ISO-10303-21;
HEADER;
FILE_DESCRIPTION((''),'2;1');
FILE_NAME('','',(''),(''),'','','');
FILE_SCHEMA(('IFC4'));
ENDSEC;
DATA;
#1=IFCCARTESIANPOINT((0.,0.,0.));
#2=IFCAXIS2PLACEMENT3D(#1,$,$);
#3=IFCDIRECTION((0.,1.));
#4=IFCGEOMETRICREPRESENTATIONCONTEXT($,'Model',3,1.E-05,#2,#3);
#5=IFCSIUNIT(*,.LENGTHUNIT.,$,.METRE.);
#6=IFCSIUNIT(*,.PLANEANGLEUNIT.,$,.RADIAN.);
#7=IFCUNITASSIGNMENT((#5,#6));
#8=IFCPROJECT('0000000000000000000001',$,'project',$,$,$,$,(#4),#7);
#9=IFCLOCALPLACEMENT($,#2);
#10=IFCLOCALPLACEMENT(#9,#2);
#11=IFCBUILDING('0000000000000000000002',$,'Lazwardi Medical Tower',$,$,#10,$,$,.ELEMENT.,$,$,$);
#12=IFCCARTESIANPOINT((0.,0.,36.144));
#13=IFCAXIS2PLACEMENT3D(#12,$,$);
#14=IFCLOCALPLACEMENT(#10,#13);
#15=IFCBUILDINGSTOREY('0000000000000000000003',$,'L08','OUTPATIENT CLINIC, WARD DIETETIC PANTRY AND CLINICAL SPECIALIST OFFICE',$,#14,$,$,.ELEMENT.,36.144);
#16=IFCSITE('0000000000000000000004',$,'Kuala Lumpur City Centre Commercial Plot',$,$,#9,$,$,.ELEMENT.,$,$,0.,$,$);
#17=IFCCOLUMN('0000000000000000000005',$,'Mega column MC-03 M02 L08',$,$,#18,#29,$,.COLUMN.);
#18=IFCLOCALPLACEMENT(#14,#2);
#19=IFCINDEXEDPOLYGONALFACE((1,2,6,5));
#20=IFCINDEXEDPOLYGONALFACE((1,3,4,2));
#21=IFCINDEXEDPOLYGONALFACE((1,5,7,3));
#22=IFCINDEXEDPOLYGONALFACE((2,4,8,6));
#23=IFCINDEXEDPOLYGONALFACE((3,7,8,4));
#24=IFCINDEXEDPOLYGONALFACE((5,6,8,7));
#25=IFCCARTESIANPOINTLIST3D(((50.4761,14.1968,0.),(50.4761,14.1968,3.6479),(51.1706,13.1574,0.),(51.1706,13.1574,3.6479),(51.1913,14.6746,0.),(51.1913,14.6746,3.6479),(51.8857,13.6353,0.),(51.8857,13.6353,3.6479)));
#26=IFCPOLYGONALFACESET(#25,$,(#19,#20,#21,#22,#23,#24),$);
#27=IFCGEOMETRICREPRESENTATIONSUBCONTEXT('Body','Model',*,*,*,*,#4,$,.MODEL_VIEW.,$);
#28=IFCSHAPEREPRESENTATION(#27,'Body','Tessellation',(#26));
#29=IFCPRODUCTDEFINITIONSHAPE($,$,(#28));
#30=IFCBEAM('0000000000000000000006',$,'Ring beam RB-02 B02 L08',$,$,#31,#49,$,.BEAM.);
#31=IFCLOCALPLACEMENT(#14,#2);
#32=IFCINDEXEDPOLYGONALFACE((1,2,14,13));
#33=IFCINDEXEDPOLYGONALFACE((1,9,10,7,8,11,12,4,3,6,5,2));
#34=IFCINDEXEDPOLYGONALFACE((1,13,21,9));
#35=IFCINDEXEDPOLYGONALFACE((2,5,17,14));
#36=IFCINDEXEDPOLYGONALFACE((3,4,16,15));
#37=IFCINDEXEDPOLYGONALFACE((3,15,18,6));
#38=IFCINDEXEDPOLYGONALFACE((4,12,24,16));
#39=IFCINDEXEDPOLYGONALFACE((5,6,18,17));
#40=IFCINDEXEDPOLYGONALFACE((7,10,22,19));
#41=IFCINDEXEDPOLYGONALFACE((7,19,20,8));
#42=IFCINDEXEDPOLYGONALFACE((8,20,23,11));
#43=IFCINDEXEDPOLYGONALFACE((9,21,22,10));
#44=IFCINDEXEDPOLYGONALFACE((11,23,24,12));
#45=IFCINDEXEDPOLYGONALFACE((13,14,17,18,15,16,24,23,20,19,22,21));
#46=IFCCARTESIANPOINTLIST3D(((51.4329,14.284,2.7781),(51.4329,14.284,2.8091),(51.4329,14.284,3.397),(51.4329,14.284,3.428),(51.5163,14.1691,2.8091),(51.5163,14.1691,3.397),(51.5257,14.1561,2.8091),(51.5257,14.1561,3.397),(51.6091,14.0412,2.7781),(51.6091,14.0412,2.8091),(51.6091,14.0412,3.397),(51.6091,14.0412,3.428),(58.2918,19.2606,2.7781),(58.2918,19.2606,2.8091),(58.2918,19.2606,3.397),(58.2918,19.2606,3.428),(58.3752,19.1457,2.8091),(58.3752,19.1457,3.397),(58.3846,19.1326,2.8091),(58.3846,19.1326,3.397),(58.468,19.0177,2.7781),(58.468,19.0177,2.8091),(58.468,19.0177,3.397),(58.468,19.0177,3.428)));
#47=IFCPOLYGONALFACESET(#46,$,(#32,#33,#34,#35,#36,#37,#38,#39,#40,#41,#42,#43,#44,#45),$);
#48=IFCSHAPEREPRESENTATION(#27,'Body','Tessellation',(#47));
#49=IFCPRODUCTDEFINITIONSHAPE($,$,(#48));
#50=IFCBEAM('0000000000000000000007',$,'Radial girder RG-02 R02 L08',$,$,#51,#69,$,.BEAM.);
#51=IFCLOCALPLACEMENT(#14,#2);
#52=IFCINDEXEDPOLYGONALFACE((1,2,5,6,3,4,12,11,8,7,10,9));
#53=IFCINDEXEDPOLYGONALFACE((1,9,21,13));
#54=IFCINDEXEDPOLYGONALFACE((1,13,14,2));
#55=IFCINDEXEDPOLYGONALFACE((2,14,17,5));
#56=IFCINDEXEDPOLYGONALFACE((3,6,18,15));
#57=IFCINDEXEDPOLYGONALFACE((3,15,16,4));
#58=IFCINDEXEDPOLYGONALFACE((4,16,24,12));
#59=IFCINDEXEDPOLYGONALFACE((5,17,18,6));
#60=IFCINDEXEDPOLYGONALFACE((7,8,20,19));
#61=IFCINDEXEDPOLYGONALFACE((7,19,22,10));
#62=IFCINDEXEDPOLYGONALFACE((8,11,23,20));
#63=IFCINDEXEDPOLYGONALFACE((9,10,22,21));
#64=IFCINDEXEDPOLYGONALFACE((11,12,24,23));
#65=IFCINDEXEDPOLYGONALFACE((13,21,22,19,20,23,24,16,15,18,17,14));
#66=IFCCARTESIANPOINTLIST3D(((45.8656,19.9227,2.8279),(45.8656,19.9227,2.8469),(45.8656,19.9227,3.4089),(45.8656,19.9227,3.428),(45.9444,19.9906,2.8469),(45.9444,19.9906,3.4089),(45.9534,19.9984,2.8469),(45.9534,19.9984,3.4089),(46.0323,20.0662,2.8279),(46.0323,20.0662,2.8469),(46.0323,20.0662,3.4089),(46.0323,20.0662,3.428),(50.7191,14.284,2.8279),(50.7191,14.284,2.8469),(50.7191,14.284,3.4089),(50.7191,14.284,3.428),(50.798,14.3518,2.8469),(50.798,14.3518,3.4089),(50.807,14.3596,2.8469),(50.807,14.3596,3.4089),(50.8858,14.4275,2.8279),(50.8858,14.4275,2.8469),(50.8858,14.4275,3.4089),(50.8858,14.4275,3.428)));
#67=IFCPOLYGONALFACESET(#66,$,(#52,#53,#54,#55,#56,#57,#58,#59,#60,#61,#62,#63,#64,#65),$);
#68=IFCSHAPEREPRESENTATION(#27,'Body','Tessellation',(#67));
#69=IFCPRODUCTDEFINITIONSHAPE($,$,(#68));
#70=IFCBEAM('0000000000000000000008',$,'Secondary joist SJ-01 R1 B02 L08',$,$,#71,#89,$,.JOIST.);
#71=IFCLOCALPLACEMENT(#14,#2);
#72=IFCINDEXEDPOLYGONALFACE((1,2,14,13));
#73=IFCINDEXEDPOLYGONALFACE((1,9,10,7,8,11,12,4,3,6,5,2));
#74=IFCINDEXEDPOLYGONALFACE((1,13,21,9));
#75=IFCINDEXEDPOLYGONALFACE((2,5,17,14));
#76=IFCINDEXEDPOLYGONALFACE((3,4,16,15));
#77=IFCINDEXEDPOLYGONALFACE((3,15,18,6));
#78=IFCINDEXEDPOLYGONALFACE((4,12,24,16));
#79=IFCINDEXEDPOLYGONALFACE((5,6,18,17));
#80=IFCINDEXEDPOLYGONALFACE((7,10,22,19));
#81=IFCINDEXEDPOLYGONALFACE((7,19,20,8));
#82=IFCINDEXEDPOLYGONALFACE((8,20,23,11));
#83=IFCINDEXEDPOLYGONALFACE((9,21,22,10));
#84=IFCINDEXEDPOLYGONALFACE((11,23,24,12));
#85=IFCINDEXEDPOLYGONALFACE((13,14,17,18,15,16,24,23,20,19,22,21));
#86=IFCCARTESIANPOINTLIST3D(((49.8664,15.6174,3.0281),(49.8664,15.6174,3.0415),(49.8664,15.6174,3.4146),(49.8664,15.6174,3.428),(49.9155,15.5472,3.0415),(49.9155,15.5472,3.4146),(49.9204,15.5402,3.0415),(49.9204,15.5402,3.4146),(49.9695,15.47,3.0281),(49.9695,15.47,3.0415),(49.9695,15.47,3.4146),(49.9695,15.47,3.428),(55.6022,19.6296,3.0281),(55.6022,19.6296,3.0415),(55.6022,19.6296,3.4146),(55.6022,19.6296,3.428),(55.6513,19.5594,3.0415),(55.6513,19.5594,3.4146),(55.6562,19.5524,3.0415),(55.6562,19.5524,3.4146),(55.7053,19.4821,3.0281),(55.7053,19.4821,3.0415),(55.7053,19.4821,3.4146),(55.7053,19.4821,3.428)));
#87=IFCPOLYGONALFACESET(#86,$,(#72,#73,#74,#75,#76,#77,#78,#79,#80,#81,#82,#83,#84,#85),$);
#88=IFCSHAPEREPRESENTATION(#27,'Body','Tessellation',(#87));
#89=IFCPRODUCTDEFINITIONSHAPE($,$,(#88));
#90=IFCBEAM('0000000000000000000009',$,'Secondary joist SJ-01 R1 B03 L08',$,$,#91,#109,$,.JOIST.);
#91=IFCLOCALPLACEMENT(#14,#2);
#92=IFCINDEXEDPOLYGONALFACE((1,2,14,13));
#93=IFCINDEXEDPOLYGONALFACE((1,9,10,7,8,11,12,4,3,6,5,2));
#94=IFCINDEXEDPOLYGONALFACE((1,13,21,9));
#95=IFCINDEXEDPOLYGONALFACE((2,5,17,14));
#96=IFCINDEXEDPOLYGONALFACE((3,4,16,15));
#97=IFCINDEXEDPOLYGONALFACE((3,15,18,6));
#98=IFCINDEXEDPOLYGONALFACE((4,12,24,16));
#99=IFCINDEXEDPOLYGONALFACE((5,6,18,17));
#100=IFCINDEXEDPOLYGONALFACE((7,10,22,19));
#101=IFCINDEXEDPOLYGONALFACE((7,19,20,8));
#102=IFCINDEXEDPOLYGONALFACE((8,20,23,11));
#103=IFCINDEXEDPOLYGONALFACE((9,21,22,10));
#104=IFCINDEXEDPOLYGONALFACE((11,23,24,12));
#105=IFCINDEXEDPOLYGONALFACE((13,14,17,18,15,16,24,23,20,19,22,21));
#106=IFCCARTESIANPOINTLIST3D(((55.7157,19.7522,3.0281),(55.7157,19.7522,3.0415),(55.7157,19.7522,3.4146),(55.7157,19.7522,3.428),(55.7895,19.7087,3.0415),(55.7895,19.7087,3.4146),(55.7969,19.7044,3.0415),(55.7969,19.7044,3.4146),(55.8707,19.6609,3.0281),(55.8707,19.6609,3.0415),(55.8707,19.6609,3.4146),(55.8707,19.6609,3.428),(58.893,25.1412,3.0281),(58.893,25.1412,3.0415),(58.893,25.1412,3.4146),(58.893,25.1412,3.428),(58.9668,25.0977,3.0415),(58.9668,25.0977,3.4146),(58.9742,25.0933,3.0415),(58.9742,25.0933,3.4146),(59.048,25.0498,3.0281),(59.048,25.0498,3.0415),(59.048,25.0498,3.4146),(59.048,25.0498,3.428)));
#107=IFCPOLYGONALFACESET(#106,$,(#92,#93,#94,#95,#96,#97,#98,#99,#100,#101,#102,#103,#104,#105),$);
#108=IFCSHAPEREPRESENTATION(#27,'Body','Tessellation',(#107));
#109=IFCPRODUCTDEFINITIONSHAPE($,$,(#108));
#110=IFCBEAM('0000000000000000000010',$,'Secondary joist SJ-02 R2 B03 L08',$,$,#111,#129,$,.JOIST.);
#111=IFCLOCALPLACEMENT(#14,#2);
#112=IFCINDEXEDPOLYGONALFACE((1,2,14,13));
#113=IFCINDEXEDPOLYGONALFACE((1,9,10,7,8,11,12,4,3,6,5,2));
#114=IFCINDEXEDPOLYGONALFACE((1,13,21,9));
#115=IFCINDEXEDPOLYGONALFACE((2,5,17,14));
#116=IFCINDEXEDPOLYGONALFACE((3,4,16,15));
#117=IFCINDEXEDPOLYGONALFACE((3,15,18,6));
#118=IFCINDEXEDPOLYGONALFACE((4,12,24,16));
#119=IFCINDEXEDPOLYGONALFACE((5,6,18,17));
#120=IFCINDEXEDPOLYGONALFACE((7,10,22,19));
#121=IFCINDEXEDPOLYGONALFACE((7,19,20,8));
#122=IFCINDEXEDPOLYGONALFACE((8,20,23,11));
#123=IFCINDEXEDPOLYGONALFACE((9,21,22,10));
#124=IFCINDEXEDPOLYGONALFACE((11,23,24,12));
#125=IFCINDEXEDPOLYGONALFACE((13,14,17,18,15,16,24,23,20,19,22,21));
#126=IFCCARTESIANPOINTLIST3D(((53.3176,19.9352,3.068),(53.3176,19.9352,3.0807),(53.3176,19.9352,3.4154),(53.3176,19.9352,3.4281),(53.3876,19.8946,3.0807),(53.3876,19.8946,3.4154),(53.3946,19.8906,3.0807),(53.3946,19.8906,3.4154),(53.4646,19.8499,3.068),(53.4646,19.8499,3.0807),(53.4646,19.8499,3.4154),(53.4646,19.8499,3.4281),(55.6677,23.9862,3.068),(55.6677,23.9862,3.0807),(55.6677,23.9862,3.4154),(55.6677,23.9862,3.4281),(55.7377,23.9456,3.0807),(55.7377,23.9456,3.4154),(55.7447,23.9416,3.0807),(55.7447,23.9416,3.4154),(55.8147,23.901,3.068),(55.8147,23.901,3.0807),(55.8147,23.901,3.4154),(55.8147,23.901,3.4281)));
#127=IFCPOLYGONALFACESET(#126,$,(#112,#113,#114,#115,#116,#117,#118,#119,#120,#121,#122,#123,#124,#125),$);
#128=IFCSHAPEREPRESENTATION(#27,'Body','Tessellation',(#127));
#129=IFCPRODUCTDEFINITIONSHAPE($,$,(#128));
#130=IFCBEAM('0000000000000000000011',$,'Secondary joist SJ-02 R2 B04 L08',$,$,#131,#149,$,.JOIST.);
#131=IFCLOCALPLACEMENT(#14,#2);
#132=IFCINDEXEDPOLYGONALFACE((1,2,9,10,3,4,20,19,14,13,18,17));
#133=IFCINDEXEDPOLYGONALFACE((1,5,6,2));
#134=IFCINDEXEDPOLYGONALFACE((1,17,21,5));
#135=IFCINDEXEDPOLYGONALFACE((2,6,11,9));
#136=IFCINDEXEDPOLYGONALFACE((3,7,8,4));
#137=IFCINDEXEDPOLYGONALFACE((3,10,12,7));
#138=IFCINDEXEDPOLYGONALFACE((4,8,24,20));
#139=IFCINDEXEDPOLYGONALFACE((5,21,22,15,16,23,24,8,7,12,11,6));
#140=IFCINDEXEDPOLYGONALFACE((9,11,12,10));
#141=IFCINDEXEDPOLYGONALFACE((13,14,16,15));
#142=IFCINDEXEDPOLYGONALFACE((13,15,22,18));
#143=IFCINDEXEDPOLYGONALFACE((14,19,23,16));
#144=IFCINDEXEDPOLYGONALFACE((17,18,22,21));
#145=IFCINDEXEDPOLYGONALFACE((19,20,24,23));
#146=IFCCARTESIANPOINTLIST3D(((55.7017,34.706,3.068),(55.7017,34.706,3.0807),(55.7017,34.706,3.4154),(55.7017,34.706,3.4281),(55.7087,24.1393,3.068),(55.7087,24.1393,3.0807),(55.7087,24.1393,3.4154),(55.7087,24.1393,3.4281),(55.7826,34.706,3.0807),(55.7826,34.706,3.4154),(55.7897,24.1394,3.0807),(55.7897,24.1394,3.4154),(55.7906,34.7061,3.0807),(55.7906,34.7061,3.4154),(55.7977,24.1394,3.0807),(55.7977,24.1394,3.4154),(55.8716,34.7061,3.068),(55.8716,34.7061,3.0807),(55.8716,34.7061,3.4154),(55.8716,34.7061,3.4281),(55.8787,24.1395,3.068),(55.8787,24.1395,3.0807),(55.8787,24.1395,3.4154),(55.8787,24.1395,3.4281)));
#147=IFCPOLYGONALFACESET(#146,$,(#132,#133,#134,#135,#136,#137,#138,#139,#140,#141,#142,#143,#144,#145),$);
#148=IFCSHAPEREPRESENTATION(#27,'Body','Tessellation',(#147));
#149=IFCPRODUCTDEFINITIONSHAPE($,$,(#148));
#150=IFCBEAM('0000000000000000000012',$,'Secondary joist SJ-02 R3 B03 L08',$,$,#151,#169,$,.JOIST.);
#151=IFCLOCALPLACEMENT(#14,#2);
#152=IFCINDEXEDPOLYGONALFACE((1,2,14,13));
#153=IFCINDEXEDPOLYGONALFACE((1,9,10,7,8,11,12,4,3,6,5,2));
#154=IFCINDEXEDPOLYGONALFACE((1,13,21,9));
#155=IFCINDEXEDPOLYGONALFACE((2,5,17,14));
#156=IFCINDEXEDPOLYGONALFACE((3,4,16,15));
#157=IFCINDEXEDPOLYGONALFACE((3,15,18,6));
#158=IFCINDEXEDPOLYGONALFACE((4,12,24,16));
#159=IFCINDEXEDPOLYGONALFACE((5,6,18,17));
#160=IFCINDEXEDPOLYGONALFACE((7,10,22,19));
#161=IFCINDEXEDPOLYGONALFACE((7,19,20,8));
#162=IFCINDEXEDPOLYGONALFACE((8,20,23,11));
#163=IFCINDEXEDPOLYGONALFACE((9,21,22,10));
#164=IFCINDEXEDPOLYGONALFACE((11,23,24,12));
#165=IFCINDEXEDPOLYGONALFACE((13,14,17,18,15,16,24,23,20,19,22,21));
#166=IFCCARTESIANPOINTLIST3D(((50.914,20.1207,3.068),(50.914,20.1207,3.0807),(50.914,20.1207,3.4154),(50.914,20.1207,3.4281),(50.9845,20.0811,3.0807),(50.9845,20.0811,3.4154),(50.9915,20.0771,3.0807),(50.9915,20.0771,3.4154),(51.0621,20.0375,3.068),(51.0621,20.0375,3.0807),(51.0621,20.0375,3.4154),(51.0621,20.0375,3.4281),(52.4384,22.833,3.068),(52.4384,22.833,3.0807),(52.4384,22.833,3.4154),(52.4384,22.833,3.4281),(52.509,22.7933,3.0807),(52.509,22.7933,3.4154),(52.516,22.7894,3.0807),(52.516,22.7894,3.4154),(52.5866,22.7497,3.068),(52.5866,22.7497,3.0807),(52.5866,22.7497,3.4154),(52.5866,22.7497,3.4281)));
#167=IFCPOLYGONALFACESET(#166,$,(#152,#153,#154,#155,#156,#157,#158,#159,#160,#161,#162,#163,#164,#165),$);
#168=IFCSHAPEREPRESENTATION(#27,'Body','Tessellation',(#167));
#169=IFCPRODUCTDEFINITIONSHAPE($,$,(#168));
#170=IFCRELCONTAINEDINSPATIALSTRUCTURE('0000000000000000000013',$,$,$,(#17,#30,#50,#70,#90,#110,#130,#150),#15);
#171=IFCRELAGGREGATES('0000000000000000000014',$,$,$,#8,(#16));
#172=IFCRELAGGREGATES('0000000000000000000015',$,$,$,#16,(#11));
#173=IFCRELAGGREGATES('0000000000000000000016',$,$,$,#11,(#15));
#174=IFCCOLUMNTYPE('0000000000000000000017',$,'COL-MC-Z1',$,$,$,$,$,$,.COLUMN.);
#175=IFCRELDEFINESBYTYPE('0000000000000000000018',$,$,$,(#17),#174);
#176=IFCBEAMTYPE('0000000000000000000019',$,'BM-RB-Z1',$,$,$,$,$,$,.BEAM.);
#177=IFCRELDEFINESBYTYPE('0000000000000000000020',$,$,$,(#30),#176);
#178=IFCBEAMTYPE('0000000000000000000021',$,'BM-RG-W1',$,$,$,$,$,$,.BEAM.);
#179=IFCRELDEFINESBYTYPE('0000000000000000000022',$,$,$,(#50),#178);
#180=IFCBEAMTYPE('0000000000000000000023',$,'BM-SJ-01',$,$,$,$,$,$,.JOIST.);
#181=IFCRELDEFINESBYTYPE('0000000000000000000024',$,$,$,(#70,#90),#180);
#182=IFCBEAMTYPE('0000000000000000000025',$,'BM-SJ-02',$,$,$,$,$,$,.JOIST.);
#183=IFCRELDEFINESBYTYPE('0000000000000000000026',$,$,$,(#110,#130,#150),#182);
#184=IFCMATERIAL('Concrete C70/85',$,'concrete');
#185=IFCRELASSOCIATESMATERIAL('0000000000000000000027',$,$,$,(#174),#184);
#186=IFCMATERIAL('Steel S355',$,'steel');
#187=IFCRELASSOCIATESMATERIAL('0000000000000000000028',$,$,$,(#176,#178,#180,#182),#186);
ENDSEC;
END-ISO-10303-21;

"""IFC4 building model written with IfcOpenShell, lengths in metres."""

from ifc_helpers import new_model, si_unit, direction, frame, origin, origin_2d, place, context, subcontext, project, spatial, rectangle, i_section, extrude, material, material_profile, profile_set, type_object, element, save


model = new_model("IFC4")

# Units and contexts
model_context = context("Model", 3, precision=1e-05, world=origin(), true_north=direction((0.0, 1.0)))
body_context = subcontext(model_context, "Body", "Model", "MODEL_VIEW")
ifc_project = project(units=[si_unit("LENGTHUNIT", "METRE"), si_unit("PLANEANGLEUNIT", "RADIAN")], contexts=[model_context])

# Site, building, storey
site_placement = place(None, origin())
site = spatial("IfcSite", under=ifc_project, at=site_placement, Name="Kuala Lumpur City Centre Commercial Plot", CompositionType="ELEMENT", RefElevation=0.0)
building_placement = place(site_placement, origin())
building = spatial("IfcBuilding", under=site, at=building_placement, Name="Lazwardi Medical Tower", CompositionType="ELEMENT")
storey_placement = place(building_placement, frame((0.0, 0.0, 36.144)))
storey = spatial("IfcBuildingStorey", under=building, at=storey_placement, Name="L08", Description="OUTPATIENT CLINIC, WARD DIETETIC PANTRY AND CLINICAL SPECIALIST OFFICE", CompositionType="ELEMENT", Elevation=36.144)

# Column
ifc_material_1 = material(Name="Concrete C70/85", Category="concrete")
ifc_material_profile_1 = material_profile(ifc_material_1, rectangle(XDim=1.25, YDim=0.8601, at=origin_2d()), Name="CFT-RECT 1250x860")
ifc_profile_set_1 = profile_set([ifc_material_profile_1], Name="Concrete C70/85")
column_type = type_object("IfcColumnType", Name="COL-MC-Z1", PredefinedType="COLUMN", material=ifc_profile_set_1)
column_placement = place(storey_placement, frame((51.1809, 13.916, 0.0), z_axis=(0.0, 0.0, 1.0), x_axis=(0.55557, -0.83147, 0.0)))
element("IfcColumn", 1, at=column_placement, inside=storey, type_object=column_type, Name="Mega column MC-03 M02 L08", PredefinedType="COLUMN", context=body_context, shape_type="SweptSolid", body=[
    extrude(rectangle(XDim=1.25, YDim=0.8601, at=origin_2d()), origin(), (0.0, 0.0, 1.0), 3.6479),
])

# Beams
ifc_material_2 = material(Name="Steel S355", Category="steel")
ifc_material_profile_2 = material_profile(ifc_material_2, i_section(OverallWidth=0.3, OverallDepth=0.6499, WebThickness=0.0161, FlangeThickness=0.031, at=origin_2d()), Name="HEB 650")
ifc_profile_set_2 = profile_set([ifc_material_profile_2], Name="Steel S355")
beam_type_1 = type_object("IfcBeamType", Name="BM-RB-Z1", PredefinedType="BEAM", material=ifc_profile_set_2)
beam_1_placement = place(storey_placement, frame((51.521, 14.1626, 3.103), z_axis=(0.809393, 0.587267, 0.0), x_axis=(-0.587267, 0.809393, 0.0)))
element("IfcBeam", 2, at=beam_1_placement, inside=storey, type_object=beam_type_1, Name="Ring beam RB-02 B02 L08", PredefinedType="BEAM", context=body_context, shape_type="SweptSolid", body=[
    extrude(i_section(OverallWidth=0.3, OverallDepth=0.6499, WebThickness=0.0161, FlangeThickness=0.031, at=origin_2d()), origin(), (0.0, 0.0, 1.0), 8.4741),
])
ifc_material_profile_3 = material_profile(ifc_material_2, i_section(OverallWidth=0.22, OverallDepth=0.6001, WebThickness=0.012, FlangeThickness=0.019, at=origin_2d()), Name="IPE 600")
ifc_profile_set_3 = profile_set([ifc_material_profile_3], Name="Steel S355")
beam_type_2 = type_object("IfcBeamType", Name="BM-RG-W1", PredefinedType="BEAM", material=ifc_profile_set_3)
beam_2_placement = place(storey_placement, frame((50.8025, 14.3557, 3.1279), z_axis=(-0.652368, 0.757902, 0.0), x_axis=(-0.757902, -0.652368, 0.0)))
element("IfcBeam", 3, at=beam_2_placement, inside=storey, type_object=beam_type_2, Name="Radial girder RG-02 R02 L08", PredefinedType="BEAM", context=body_context, shape_type="SweptSolid", body=[
    extrude(i_section(OverallWidth=0.22, OverallDepth=0.6001, WebThickness=0.012, FlangeThickness=0.019, at=origin_2d()), origin(), (0.0, 0.0, 1.0), 7.4399),
])
ifc_material_profile_4 = material_profile(ifc_material_2, i_section(OverallWidth=0.1799, OverallDepth=0.3999, WebThickness=0.0085, FlangeThickness=0.0134, at=origin_2d()), Name="IPE 400")
ifc_profile_set_4 = profile_set([ifc_material_profile_4], Name="Steel S355")
beam_type_3 = type_object("IfcBeamType", Name="BM-SJ-01", PredefinedType="JOIST", material=ifc_profile_set_4)
beam_3_placement = place(storey_placement, frame((49.918, 15.5437, 3.228), z_axis=(0.819425, 0.573186, 0.0), x_axis=(-0.573186, 0.819425, 0.0)))
element("IfcBeam", 4, at=beam_3_placement, inside=storey, type_object=beam_type_3, Name="Secondary joist SJ-01 R1 B02 L08", PredefinedType="JOIST", context=body_context, shape_type="SweptSolid", body=[
    extrude(i_section(OverallWidth=0.1799, OverallDepth=0.3999, WebThickness=0.0085, FlangeThickness=0.0134, at=origin_2d()), origin(), (0.0, 0.0, 1.0), 6.9998),
])
beam_4_placement = place(storey_placement, frame((55.7932, 19.7065, 3.228), z_axis=(0.507886, 0.861424, 0.0), x_axis=(-0.861424, 0.507886, 0.0)))
element("IfcBeam", 5, at=beam_4_placement, inside=storey, type_object=beam_type_3, Name="Secondary joist SJ-01 R1 B03 L08", PredefinedType="JOIST", context=body_context, shape_type="SweptSolid", body=[
    extrude(i_section(OverallWidth=0.1799, OverallDepth=0.3999, WebThickness=0.0085, FlangeThickness=0.0134, at=origin_2d()), origin(), (0.0, 0.0, 1.0), 6.2559),
])
ifc_material_profile_5 = material_profile(ifc_material_2, i_section(OverallWidth=0.1699, OverallDepth=0.3601, WebThickness=0.0081, FlangeThickness=0.0127, at=origin_2d()), Name="IPE 360")
ifc_profile_set_5 = profile_set([ifc_material_profile_5], Name="Steel S355")
beam_type_4 = type_object("IfcBeamType", Name="BM-SJ-02", PredefinedType="JOIST", material=ifc_profile_set_5)
beam_5_placement = place(storey_placement, frame((53.3911, 19.8926, 3.248), z_axis=(0.501798, 0.864985, 0.0), x_axis=(-0.864985, 0.501798, 0.0)))
element("IfcBeam", 6, at=beam_5_placement, inside=storey, type_object=beam_type_4, Name="Secondary joist SJ-02 R2 B03 L08", PredefinedType="JOIST", context=body_context, shape_type="SweptSolid", body=[
    extrude(i_section(OverallWidth=0.1699, OverallDepth=0.3601, WebThickness=0.0081, FlangeThickness=0.0127, at=origin_2d()), origin(), (0.0, 0.0, 1.0), 4.6833),
])
beam_6_placement = place(storey_placement, frame((55.7937, 24.1394, 3.248), z_axis=(-0.00067, 1.0, 0.0), x_axis=(-1.0, -0.00067, 0.0)))
element("IfcBeam", 7, at=beam_6_placement, inside=storey, type_object=beam_type_4, Name="Secondary joist SJ-02 R2 B04 L08", PredefinedType="JOIST", context=body_context, shape_type="SweptSolid", body=[
    extrude(i_section(OverallWidth=0.1699, OverallDepth=0.3601, WebThickness=0.0081, FlangeThickness=0.0127, at=origin_2d()), origin(), (0.0, 0.0, 1.0), 10.5667),
])
beam_7_placement = place(storey_placement, frame((50.988, 20.0791, 3.248), z_axis=(0.489974, 0.871737, 0.0), x_axis=(-0.871737, 0.489974, 0.0)))
element("IfcBeam", 8, at=beam_7_placement, inside=storey, type_object=beam_type_4, Name="Secondary joist SJ-02 R3 B03 L08", PredefinedType="JOIST", context=body_context, shape_type="SweptSolid", body=[
    extrude(i_section(OverallWidth=0.1699, OverallDepth=0.3601, WebThickness=0.0081, FlangeThickness=0.0127, at=origin_2d()), origin(), (0.0, 0.0, 1.0), 3.1113),
])

save(model, "model.ifc")
